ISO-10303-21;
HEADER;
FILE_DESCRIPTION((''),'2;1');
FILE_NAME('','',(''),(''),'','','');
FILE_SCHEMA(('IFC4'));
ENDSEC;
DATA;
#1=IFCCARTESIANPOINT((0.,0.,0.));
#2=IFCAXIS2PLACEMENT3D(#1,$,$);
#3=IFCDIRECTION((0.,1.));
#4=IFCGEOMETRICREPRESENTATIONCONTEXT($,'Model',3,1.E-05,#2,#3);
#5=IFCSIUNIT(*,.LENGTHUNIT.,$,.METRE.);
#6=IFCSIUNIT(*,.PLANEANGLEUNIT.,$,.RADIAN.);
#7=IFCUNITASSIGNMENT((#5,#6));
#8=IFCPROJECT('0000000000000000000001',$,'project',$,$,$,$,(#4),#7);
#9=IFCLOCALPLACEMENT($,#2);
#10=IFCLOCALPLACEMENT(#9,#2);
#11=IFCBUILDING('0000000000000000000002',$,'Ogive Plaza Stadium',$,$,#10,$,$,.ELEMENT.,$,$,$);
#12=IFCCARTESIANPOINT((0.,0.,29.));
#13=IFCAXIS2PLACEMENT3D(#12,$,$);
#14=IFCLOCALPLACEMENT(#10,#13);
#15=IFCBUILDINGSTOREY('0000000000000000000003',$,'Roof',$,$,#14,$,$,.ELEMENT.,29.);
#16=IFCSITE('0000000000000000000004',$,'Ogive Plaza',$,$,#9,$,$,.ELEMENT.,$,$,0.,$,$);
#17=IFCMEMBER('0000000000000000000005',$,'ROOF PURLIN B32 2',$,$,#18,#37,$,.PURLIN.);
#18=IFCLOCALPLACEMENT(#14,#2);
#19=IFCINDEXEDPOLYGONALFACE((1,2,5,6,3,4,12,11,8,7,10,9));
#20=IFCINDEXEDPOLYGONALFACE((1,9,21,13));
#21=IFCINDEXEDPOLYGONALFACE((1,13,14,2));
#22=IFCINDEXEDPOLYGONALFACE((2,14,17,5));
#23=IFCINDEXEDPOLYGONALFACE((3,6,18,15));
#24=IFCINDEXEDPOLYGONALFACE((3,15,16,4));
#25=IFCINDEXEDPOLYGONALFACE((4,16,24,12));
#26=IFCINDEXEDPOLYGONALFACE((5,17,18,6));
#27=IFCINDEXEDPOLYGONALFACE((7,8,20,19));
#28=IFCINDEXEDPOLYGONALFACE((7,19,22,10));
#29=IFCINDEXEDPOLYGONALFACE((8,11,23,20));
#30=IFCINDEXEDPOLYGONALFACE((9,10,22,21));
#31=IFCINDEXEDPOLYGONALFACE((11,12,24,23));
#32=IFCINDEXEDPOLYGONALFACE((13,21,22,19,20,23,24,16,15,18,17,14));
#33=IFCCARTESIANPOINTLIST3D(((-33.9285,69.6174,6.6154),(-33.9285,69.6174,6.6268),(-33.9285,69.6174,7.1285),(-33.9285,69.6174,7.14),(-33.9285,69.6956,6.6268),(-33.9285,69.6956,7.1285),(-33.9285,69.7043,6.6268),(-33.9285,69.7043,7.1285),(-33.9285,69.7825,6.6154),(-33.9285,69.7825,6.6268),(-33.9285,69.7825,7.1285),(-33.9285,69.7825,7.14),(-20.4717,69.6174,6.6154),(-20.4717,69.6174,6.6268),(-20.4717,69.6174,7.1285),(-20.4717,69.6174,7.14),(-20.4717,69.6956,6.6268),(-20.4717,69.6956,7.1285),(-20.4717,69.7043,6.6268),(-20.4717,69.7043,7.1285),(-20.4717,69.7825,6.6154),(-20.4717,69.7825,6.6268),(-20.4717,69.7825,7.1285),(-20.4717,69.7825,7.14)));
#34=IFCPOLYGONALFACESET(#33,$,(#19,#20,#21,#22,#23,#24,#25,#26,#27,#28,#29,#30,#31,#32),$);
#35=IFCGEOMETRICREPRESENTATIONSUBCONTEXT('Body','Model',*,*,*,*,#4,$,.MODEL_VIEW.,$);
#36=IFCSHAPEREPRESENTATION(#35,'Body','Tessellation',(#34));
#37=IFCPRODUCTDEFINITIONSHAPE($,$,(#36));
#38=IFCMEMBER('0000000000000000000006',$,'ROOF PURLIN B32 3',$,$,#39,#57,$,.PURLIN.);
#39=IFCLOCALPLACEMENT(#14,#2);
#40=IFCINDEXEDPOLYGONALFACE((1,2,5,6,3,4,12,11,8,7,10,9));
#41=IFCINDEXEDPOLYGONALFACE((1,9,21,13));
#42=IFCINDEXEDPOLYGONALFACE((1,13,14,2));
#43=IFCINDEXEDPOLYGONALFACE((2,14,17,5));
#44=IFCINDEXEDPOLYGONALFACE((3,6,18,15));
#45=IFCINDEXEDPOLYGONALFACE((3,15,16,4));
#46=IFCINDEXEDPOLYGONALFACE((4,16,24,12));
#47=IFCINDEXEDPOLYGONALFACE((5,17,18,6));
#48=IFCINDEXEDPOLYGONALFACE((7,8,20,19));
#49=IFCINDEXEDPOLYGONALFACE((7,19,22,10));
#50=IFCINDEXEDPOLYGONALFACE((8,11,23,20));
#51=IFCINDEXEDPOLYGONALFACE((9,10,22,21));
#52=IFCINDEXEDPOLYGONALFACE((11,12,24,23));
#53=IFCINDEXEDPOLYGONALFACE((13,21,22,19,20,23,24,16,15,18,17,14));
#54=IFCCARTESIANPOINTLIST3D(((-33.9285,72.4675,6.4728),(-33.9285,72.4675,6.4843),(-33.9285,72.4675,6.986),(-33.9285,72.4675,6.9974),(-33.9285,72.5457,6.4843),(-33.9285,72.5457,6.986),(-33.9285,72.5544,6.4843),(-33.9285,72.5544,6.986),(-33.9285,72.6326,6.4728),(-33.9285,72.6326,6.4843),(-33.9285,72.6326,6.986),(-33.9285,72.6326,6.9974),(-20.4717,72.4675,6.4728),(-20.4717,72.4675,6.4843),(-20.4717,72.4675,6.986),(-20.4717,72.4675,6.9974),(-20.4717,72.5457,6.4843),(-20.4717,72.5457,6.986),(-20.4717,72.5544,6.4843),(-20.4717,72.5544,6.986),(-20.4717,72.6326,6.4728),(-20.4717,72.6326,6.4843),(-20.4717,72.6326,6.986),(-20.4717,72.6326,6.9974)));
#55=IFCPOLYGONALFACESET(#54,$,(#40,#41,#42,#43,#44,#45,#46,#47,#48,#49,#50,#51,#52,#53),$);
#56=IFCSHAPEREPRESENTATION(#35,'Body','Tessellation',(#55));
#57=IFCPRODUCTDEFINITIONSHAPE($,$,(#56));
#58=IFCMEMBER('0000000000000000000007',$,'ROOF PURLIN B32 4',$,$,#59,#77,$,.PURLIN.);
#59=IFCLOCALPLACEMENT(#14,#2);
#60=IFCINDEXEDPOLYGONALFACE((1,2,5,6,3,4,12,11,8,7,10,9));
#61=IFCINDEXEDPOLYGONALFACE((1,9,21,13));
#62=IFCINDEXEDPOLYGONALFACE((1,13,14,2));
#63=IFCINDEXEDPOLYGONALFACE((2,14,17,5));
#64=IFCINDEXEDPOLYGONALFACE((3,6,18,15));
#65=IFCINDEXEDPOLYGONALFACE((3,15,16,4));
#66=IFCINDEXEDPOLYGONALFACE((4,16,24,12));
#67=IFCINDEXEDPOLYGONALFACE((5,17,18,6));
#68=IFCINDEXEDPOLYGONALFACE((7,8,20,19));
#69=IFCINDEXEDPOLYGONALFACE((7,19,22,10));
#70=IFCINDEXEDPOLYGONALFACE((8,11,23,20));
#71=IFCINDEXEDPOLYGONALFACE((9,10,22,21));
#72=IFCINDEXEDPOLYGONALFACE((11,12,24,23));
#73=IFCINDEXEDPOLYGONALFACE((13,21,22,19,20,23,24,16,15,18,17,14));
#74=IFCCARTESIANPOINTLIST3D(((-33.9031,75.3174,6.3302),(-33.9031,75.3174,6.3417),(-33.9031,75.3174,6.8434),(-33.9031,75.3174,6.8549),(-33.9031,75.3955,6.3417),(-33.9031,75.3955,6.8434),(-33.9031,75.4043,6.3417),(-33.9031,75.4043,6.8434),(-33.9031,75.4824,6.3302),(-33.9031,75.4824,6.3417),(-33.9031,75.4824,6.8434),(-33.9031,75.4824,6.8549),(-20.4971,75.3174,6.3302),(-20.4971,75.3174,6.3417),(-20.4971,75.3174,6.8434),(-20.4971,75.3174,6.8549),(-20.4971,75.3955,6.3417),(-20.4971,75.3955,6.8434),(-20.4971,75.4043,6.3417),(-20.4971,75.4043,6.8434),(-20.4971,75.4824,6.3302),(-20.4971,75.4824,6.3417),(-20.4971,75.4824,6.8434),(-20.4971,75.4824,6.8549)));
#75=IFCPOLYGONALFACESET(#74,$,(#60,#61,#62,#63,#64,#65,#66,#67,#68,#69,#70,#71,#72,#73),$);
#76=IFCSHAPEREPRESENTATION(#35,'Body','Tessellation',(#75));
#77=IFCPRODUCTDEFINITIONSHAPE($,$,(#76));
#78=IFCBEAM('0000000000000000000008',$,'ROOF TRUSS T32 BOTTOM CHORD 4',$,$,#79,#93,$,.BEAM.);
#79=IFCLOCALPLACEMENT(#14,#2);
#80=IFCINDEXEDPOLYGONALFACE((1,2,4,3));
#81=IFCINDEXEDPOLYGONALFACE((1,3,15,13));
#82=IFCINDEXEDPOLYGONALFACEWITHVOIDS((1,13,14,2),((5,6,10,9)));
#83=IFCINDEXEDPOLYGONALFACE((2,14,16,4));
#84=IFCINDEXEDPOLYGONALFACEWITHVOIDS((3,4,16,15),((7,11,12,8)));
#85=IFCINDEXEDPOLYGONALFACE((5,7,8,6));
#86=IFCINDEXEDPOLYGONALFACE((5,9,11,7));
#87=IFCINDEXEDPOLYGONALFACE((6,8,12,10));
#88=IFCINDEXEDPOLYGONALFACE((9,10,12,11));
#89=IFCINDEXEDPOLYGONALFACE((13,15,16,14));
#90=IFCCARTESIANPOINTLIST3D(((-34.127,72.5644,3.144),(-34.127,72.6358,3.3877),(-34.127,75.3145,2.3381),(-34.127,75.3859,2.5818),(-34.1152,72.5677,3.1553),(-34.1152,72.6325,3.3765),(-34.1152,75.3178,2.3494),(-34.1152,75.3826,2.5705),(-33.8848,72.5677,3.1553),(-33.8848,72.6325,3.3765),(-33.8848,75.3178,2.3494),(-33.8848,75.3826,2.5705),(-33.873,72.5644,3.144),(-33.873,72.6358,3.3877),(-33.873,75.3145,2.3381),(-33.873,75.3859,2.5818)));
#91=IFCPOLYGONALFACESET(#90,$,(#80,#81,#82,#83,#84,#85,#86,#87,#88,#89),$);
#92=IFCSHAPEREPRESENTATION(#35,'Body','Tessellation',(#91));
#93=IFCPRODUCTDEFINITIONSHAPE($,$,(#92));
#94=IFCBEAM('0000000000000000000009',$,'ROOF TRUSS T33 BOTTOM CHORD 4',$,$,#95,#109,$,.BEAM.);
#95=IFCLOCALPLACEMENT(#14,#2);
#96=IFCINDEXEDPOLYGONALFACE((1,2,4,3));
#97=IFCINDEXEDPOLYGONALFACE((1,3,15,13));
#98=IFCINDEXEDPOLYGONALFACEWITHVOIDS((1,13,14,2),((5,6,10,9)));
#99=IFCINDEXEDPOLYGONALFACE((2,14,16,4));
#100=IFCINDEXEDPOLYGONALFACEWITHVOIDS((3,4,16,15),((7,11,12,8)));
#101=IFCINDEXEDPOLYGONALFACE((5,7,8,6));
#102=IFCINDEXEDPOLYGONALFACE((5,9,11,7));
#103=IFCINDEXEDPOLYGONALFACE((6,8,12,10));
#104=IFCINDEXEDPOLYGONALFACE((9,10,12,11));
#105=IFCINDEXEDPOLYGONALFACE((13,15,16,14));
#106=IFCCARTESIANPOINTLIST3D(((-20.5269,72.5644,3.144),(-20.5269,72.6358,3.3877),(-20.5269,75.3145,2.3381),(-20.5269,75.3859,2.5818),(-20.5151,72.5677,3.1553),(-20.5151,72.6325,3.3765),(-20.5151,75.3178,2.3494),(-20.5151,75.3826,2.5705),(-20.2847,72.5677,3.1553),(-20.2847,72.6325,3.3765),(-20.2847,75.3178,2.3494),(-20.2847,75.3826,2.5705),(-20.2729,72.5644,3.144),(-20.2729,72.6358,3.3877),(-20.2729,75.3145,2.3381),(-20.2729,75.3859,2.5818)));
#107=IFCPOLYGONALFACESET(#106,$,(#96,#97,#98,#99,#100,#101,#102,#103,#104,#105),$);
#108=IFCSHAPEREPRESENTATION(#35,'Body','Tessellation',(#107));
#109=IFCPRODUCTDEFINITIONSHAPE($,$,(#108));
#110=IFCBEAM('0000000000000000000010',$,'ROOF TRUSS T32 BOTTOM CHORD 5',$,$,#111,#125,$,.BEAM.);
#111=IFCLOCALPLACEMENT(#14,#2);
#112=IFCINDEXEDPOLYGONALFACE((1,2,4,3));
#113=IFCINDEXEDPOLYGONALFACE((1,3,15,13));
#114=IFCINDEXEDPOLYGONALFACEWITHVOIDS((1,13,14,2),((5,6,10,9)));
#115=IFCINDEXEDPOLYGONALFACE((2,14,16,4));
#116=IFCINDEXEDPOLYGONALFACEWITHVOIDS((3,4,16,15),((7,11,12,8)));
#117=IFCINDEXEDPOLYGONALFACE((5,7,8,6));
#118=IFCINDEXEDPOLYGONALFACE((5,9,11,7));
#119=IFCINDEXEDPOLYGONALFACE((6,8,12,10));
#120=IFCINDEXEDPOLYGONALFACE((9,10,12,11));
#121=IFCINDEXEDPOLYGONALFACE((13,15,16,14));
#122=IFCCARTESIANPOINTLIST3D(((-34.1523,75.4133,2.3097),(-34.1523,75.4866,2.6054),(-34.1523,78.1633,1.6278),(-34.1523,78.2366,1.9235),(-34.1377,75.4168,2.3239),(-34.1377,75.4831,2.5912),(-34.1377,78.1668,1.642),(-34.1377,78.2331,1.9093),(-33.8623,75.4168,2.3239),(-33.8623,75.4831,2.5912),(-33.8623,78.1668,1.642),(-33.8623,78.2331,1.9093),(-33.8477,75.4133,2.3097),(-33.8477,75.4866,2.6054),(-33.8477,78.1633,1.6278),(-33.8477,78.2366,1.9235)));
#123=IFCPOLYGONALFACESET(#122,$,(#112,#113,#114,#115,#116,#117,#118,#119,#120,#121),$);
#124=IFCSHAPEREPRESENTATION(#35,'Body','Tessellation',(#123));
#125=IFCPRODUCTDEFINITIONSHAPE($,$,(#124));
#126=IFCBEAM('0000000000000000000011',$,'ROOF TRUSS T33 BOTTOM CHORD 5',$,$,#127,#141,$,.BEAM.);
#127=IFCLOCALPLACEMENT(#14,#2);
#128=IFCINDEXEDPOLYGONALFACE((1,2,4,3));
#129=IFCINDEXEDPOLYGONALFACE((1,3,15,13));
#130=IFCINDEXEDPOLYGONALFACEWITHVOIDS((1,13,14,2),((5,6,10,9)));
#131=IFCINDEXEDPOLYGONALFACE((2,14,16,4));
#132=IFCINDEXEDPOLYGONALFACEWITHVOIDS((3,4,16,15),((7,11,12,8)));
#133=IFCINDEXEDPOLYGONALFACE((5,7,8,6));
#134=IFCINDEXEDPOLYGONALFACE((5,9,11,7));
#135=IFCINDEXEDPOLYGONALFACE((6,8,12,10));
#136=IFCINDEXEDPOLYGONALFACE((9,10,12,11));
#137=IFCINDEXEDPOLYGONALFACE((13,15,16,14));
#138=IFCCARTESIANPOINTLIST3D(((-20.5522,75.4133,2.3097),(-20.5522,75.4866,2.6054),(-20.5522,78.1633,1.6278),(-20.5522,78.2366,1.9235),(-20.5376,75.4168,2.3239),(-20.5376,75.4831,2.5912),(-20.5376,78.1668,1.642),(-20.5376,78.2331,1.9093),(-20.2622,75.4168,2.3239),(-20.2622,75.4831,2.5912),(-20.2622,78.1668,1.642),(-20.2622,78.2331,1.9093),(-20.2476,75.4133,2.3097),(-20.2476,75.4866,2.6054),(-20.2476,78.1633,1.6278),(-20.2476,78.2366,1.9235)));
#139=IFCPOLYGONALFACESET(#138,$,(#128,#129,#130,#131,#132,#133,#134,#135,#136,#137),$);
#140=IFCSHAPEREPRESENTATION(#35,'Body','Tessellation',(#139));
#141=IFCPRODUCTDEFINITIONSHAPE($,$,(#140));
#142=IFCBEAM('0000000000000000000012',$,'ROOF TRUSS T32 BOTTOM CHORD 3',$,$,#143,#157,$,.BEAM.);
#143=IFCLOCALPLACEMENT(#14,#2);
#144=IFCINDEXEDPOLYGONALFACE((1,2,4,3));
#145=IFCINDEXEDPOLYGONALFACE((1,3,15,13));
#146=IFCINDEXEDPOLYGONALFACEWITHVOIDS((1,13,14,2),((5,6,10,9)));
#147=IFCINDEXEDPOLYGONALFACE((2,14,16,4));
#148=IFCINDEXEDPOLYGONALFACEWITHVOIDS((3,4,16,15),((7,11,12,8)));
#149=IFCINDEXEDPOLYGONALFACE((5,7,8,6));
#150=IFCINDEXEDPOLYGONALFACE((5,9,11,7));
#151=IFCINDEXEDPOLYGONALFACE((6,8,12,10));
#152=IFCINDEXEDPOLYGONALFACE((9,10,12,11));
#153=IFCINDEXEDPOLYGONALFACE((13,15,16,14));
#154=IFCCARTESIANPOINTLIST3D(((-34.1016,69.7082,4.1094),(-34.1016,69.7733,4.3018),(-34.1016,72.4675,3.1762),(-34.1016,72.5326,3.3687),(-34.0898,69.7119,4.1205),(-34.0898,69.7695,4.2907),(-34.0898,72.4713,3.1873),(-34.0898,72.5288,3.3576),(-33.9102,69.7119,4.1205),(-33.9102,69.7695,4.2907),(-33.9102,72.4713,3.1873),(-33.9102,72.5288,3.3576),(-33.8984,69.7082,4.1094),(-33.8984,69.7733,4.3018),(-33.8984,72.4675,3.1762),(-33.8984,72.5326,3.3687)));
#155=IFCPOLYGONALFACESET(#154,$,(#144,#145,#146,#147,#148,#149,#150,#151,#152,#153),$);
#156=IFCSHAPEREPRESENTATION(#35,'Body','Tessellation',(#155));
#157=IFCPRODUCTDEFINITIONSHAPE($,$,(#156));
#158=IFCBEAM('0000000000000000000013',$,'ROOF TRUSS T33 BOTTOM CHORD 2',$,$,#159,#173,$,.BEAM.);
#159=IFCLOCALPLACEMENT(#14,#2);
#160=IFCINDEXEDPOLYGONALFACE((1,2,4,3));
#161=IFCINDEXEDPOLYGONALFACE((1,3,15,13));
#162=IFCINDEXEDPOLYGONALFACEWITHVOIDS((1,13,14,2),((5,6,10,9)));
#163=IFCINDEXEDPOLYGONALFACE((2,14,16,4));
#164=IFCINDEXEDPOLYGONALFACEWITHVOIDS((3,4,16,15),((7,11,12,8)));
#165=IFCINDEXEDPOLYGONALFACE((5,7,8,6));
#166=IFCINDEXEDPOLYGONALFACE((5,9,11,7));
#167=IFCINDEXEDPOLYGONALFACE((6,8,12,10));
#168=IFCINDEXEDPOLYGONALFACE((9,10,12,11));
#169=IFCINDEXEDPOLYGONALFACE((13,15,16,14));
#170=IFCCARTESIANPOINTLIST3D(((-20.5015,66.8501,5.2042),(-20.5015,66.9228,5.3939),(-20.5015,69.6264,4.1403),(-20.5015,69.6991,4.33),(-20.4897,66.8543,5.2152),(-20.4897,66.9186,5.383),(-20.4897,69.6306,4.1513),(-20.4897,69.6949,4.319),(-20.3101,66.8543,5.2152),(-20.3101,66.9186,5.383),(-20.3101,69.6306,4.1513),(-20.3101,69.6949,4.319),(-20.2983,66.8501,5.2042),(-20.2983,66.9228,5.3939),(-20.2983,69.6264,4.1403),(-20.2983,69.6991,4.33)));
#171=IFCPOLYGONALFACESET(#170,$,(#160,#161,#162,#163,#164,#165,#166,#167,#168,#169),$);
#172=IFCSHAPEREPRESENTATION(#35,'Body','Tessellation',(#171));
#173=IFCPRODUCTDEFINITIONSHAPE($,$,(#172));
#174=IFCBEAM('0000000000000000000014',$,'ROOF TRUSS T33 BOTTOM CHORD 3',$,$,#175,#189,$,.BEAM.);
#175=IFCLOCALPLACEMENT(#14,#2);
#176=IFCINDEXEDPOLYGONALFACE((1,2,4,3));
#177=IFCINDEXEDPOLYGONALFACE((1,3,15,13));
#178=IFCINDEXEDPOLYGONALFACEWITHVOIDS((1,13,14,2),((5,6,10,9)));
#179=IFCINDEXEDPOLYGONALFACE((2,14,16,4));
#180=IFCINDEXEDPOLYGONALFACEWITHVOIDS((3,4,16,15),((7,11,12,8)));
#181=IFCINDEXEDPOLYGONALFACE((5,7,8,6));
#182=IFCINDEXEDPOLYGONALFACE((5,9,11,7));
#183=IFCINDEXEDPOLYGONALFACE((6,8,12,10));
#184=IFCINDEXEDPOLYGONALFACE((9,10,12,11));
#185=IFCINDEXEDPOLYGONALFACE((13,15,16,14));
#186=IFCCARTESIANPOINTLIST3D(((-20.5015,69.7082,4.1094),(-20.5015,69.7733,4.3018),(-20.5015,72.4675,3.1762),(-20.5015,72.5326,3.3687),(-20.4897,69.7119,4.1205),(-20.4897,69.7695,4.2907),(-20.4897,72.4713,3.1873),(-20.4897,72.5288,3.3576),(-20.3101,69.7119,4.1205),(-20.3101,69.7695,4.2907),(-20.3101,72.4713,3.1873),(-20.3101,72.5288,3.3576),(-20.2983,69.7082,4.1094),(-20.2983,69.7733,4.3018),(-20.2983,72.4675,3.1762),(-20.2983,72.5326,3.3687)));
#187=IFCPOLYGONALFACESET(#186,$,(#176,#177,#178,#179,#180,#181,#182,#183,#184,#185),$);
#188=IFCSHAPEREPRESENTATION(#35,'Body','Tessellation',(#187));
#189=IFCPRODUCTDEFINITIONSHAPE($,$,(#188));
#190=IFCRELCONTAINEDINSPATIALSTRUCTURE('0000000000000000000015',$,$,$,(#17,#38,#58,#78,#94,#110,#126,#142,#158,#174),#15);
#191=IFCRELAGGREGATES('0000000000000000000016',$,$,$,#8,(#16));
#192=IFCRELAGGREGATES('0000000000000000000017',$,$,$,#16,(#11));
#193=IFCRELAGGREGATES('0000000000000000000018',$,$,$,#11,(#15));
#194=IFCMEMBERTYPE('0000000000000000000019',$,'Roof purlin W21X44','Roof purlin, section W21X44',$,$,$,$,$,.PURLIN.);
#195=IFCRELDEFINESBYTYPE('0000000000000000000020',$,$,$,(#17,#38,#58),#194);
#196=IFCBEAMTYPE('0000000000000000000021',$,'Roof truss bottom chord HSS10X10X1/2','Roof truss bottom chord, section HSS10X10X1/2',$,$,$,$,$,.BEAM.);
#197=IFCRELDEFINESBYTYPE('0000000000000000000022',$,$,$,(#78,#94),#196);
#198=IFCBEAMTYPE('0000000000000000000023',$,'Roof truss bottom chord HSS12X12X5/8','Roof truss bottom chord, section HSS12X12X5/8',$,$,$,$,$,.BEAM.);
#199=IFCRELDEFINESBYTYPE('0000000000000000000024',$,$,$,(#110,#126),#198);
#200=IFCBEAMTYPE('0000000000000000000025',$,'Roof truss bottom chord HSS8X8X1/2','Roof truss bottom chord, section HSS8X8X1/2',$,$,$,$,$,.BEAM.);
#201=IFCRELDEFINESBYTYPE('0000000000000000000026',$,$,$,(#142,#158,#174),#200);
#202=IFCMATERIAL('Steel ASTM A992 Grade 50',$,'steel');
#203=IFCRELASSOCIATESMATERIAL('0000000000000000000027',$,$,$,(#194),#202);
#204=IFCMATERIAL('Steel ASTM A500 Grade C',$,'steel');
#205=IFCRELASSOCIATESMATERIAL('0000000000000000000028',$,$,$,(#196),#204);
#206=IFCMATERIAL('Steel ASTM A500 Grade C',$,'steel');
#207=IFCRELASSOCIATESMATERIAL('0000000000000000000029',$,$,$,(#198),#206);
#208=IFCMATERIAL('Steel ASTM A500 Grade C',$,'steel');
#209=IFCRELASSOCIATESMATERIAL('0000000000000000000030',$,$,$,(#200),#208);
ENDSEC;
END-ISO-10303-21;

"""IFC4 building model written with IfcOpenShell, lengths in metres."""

from ifc_helpers import new_model, si_unit, direction, frame, origin, origin_2d, place, context, subcontext, project, spatial, hollow_rectangle, i_section, extrude, material, material_profile, profile_set, type_object, element, save


model = new_model("IFC4")

# Units and contexts
model_context = context("Model", 3, precision=1e-05, world=origin(), true_north=direction((0.0, 1.0)))
body_context = subcontext(model_context, "Body", "Model", "MODEL_VIEW")
ifc_project = project(units=[si_unit("LENGTHUNIT", "METRE"), si_unit("PLANEANGLEUNIT", "RADIAN")], contexts=[model_context])

# Site, building, storey
site_placement = place(None, origin())
site = spatial("IfcSite", under=ifc_project, at=site_placement, Name="Ogive Plaza", CompositionType="ELEMENT", RefElevation=0.0)
building_placement = place(site_placement, origin())
building = spatial("IfcBuilding", under=site, at=building_placement, Name="Ogive Plaza Stadium", CompositionType="ELEMENT")
storey_placement = place(building_placement, frame((0.0, 0.0, 29.0)))
storey = spatial("IfcBuildingStorey", under=building, at=storey_placement, Name="Roof", CompositionType="ELEMENT", Elevation=29.0)

# Members
ifc_material_1 = material(Name="Steel ASTM A992 Grade 50", Category="steel")
ifc_material_profile_1 = material_profile(ifc_material_1, i_section(OverallWidth=0.165, OverallDepth=0.5247, WebThickness=0.0088, FlangeThickness=0.0115, at=origin_2d()), Name="W21X44")
ifc_profile_set_1 = profile_set([ifc_material_profile_1], Name="Steel ASTM A992 Grade 50")
member_type_1 = type_object("IfcMemberType", Name="Roof purlin W21X44", Description="Roof purlin, section W21X44", PredefinedType="PURLIN", material=ifc_profile_set_1)
for number, where, z_axis, x_axis, name in (
    (1, (-33.9285, 69.7, 6.8777), (1.0, 0.0, 0.0), (0.0, 1.0, 0.0), "ROOF PURLIN B32 2"),
    (2, (-33.9285, 72.55, 6.7351), (1.0, 0.0, 0.0), (0.0, 1.0, 0.0), "ROOF PURLIN B32 3"),
):
    element("IfcMember", number, at=place(storey_placement, frame(where, z_axis=z_axis, x_axis=x_axis)), inside=storey, type_object=member_type_1, Name=name, PredefinedType="PURLIN", context=body_context, shape_type="SweptSolid", body=[
        extrude(i_section(OverallWidth=0.165, OverallDepth=0.5247, WebThickness=0.0088, FlangeThickness=0.0115, at=origin_2d()), origin(), (0.0, 0.0, 1.0), 13.4568),
    ])
member_1_placement = place(storey_placement, frame((-33.9031, 75.3999, 6.5925), z_axis=(1.0, 0.0, 0.0), x_axis=(0.0, 1.0, 0.0)))
element("IfcMember", 3, at=member_1_placement, inside=storey, type_object=member_type_1, Name="ROOF PURLIN B32 4", PredefinedType="PURLIN", context=body_context, shape_type="SweptSolid", body=[
    extrude(i_section(OverallWidth=0.165, OverallDepth=0.5247, WebThickness=0.0088, FlangeThickness=0.0115, at=origin_2d()), origin(), (0.0, 0.0, 1.0), 13.406),
])

# Beams
ifc_material_2 = material(Name="Steel ASTM A500 Grade C", Category="steel")
ifc_material_profile_2 = material_profile(ifc_material_2, hollow_rectangle(XDim=0.2539, YDim=0.2539, WallThickness=0.0117, at=origin_2d()), Name="HSS10X10X1/2")
ifc_profile_set_2 = profile_set([ifc_material_profile_2], Name="Steel ASTM A500 Grade C")
beam_type_1 = type_object("IfcBeamType", Name="Roof truss bottom chord HSS10X10X1/2", Description="Roof truss bottom chord, section HSS10X10X1/2", PredefinedType="BEAM", material=ifc_profile_set_2)
for number, where, z_axis, x_axis, name in (
    (4, (-34.0, 72.6001, 3.2659), (0.0, 0.95964, -0.28123), (-1.0, 0.0, 0.0), "ROOF TRUSS T32 BOTTOM CHORD 4"),
    (5, (-20.3999, 72.6001, 3.2659), (0.0, 0.95964, -0.28123), (-1.0, 0.0, 0.0), "ROOF TRUSS T33 BOTTOM CHORD 4"),
):
    element("IfcBeam", number, at=place(storey_placement, frame(where, z_axis=z_axis, x_axis=x_axis)), inside=storey, type_object=beam_type_1, Name=name, PredefinedType="BEAM", context=body_context, shape_type="SweptSolid", body=[
        extrude(hollow_rectangle(XDim=0.2539, YDim=0.2539, WallThickness=0.0117, at=origin_2d()), origin(), (0.0, 0.0, 1.0), 2.8657),
    ])
ifc_material_3 = material(Name="Steel ASTM A500 Grade C", Category="steel")
ifc_material_profile_3 = material_profile(ifc_material_3, hollow_rectangle(XDim=0.3047, YDim=0.3047, WallThickness=0.0146, at=origin_2d()), Name="HSS12X12X5/8")
ifc_profile_set_3 = profile_set([ifc_material_profile_3], Name="Steel ASTM A500 Grade C")
beam_type_2 = type_object("IfcBeamType", Name="Roof truss bottom chord HSS12X12X5/8", Description="Roof truss bottom chord, section HSS12X12X5/8", PredefinedType="BEAM", material=ifc_profile_set_3)
for number, where, z_axis, x_axis, name in (
    (6, (-34.0, 75.45, 2.4575), (0.0, 0.970607, -0.24067), (-1.0, 0.0, 0.0), "ROOF TRUSS T32 BOTTOM CHORD 5"),
    (7, (-20.3999, 75.45, 2.4575), (0.0, 0.970607, -0.24067), (-1.0, 0.0, 0.0), "ROOF TRUSS T33 BOTTOM CHORD 5"),
):
    element("IfcBeam", number, at=place(storey_placement, frame(where, z_axis=z_axis, x_axis=x_axis)), inside=storey, type_object=beam_type_2, Name=name, PredefinedType="BEAM", context=body_context, shape_type="SweptSolid", body=[
        extrude(hollow_rectangle(XDim=0.3047, YDim=0.3047, WallThickness=0.0146, at=origin_2d()), origin(), (0.0, 0.0, 1.0), 2.8333),
    ])
ifc_material_4 = material(Name="Steel ASTM A500 Grade C", Category="steel")
ifc_material_profile_4 = material_profile(ifc_material_4, hollow_rectangle(XDim=0.2031, YDim=0.2031, WallThickness=0.0117, at=origin_2d()), Name="HSS8X8X1/2")
ifc_profile_set_4 = profile_set([ifc_material_profile_4], Name="Steel ASTM A500 Grade C")
beam_type_3 = type_object("IfcBeamType", Name="Roof truss bottom chord HSS8X8X1/2", Description="Roof truss bottom chord, section HSS8X8X1/2", PredefinedType="BEAM", material=ifc_profile_set_4)
beam_1_placement = place(storey_placement, frame((-34.0, 69.7407, 4.2056), z_axis=(0.0, 0.9473, -0.320349), x_axis=(-1.0, 0.0, 0.0)))
element("IfcBeam", 8, at=beam_1_placement, inside=storey, type_object=beam_type_3, Name="ROOF TRUSS T32 BOTTOM CHORD 3", PredefinedType="BEAM", context=body_context, shape_type="SweptSolid", body=[
    extrude(hollow_rectangle(XDim=0.2031, YDim=0.2031, WallThickness=0.0117, at=origin_2d()), origin(), (0.0, 0.0, 1.0), 2.9128),
])
beam_2_placement = place(storey_placement, frame((-20.3999, 66.8865, 5.2991), z_axis=(0.0, 0.933781, -0.357845), x_axis=(-1.0, 0.0, 0.0)))
element("IfcBeam", 9, at=beam_2_placement, inside=storey, type_object=beam_type_3, Name="ROOF TRUSS T33 BOTTOM CHORD 2", PredefinedType="BEAM", context=body_context, shape_type="SweptSolid", body=[
    extrude(hollow_rectangle(XDim=0.2031, YDim=0.2031, WallThickness=0.0117, at=origin_2d()), origin(), (0.0, 0.0, 1.0), 2.9731),
])
beam_3_placement = place(storey_placement, frame((-20.3999, 69.7407, 4.2056), z_axis=(0.0, 0.9473, -0.320349), x_axis=(-1.0, 0.0, 0.0)))
element("IfcBeam", 10, at=beam_3_placement, inside=storey, type_object=beam_type_3, Name="ROOF TRUSS T33 BOTTOM CHORD 3", PredefinedType="BEAM", context=body_context, shape_type="SweptSolid", body=[
    extrude(hollow_rectangle(XDim=0.2031, YDim=0.2031, WallThickness=0.0117, at=origin_2d()), origin(), (0.0, 0.0, 1.0), 2.9128),
])

save(model, "model.ifc")
